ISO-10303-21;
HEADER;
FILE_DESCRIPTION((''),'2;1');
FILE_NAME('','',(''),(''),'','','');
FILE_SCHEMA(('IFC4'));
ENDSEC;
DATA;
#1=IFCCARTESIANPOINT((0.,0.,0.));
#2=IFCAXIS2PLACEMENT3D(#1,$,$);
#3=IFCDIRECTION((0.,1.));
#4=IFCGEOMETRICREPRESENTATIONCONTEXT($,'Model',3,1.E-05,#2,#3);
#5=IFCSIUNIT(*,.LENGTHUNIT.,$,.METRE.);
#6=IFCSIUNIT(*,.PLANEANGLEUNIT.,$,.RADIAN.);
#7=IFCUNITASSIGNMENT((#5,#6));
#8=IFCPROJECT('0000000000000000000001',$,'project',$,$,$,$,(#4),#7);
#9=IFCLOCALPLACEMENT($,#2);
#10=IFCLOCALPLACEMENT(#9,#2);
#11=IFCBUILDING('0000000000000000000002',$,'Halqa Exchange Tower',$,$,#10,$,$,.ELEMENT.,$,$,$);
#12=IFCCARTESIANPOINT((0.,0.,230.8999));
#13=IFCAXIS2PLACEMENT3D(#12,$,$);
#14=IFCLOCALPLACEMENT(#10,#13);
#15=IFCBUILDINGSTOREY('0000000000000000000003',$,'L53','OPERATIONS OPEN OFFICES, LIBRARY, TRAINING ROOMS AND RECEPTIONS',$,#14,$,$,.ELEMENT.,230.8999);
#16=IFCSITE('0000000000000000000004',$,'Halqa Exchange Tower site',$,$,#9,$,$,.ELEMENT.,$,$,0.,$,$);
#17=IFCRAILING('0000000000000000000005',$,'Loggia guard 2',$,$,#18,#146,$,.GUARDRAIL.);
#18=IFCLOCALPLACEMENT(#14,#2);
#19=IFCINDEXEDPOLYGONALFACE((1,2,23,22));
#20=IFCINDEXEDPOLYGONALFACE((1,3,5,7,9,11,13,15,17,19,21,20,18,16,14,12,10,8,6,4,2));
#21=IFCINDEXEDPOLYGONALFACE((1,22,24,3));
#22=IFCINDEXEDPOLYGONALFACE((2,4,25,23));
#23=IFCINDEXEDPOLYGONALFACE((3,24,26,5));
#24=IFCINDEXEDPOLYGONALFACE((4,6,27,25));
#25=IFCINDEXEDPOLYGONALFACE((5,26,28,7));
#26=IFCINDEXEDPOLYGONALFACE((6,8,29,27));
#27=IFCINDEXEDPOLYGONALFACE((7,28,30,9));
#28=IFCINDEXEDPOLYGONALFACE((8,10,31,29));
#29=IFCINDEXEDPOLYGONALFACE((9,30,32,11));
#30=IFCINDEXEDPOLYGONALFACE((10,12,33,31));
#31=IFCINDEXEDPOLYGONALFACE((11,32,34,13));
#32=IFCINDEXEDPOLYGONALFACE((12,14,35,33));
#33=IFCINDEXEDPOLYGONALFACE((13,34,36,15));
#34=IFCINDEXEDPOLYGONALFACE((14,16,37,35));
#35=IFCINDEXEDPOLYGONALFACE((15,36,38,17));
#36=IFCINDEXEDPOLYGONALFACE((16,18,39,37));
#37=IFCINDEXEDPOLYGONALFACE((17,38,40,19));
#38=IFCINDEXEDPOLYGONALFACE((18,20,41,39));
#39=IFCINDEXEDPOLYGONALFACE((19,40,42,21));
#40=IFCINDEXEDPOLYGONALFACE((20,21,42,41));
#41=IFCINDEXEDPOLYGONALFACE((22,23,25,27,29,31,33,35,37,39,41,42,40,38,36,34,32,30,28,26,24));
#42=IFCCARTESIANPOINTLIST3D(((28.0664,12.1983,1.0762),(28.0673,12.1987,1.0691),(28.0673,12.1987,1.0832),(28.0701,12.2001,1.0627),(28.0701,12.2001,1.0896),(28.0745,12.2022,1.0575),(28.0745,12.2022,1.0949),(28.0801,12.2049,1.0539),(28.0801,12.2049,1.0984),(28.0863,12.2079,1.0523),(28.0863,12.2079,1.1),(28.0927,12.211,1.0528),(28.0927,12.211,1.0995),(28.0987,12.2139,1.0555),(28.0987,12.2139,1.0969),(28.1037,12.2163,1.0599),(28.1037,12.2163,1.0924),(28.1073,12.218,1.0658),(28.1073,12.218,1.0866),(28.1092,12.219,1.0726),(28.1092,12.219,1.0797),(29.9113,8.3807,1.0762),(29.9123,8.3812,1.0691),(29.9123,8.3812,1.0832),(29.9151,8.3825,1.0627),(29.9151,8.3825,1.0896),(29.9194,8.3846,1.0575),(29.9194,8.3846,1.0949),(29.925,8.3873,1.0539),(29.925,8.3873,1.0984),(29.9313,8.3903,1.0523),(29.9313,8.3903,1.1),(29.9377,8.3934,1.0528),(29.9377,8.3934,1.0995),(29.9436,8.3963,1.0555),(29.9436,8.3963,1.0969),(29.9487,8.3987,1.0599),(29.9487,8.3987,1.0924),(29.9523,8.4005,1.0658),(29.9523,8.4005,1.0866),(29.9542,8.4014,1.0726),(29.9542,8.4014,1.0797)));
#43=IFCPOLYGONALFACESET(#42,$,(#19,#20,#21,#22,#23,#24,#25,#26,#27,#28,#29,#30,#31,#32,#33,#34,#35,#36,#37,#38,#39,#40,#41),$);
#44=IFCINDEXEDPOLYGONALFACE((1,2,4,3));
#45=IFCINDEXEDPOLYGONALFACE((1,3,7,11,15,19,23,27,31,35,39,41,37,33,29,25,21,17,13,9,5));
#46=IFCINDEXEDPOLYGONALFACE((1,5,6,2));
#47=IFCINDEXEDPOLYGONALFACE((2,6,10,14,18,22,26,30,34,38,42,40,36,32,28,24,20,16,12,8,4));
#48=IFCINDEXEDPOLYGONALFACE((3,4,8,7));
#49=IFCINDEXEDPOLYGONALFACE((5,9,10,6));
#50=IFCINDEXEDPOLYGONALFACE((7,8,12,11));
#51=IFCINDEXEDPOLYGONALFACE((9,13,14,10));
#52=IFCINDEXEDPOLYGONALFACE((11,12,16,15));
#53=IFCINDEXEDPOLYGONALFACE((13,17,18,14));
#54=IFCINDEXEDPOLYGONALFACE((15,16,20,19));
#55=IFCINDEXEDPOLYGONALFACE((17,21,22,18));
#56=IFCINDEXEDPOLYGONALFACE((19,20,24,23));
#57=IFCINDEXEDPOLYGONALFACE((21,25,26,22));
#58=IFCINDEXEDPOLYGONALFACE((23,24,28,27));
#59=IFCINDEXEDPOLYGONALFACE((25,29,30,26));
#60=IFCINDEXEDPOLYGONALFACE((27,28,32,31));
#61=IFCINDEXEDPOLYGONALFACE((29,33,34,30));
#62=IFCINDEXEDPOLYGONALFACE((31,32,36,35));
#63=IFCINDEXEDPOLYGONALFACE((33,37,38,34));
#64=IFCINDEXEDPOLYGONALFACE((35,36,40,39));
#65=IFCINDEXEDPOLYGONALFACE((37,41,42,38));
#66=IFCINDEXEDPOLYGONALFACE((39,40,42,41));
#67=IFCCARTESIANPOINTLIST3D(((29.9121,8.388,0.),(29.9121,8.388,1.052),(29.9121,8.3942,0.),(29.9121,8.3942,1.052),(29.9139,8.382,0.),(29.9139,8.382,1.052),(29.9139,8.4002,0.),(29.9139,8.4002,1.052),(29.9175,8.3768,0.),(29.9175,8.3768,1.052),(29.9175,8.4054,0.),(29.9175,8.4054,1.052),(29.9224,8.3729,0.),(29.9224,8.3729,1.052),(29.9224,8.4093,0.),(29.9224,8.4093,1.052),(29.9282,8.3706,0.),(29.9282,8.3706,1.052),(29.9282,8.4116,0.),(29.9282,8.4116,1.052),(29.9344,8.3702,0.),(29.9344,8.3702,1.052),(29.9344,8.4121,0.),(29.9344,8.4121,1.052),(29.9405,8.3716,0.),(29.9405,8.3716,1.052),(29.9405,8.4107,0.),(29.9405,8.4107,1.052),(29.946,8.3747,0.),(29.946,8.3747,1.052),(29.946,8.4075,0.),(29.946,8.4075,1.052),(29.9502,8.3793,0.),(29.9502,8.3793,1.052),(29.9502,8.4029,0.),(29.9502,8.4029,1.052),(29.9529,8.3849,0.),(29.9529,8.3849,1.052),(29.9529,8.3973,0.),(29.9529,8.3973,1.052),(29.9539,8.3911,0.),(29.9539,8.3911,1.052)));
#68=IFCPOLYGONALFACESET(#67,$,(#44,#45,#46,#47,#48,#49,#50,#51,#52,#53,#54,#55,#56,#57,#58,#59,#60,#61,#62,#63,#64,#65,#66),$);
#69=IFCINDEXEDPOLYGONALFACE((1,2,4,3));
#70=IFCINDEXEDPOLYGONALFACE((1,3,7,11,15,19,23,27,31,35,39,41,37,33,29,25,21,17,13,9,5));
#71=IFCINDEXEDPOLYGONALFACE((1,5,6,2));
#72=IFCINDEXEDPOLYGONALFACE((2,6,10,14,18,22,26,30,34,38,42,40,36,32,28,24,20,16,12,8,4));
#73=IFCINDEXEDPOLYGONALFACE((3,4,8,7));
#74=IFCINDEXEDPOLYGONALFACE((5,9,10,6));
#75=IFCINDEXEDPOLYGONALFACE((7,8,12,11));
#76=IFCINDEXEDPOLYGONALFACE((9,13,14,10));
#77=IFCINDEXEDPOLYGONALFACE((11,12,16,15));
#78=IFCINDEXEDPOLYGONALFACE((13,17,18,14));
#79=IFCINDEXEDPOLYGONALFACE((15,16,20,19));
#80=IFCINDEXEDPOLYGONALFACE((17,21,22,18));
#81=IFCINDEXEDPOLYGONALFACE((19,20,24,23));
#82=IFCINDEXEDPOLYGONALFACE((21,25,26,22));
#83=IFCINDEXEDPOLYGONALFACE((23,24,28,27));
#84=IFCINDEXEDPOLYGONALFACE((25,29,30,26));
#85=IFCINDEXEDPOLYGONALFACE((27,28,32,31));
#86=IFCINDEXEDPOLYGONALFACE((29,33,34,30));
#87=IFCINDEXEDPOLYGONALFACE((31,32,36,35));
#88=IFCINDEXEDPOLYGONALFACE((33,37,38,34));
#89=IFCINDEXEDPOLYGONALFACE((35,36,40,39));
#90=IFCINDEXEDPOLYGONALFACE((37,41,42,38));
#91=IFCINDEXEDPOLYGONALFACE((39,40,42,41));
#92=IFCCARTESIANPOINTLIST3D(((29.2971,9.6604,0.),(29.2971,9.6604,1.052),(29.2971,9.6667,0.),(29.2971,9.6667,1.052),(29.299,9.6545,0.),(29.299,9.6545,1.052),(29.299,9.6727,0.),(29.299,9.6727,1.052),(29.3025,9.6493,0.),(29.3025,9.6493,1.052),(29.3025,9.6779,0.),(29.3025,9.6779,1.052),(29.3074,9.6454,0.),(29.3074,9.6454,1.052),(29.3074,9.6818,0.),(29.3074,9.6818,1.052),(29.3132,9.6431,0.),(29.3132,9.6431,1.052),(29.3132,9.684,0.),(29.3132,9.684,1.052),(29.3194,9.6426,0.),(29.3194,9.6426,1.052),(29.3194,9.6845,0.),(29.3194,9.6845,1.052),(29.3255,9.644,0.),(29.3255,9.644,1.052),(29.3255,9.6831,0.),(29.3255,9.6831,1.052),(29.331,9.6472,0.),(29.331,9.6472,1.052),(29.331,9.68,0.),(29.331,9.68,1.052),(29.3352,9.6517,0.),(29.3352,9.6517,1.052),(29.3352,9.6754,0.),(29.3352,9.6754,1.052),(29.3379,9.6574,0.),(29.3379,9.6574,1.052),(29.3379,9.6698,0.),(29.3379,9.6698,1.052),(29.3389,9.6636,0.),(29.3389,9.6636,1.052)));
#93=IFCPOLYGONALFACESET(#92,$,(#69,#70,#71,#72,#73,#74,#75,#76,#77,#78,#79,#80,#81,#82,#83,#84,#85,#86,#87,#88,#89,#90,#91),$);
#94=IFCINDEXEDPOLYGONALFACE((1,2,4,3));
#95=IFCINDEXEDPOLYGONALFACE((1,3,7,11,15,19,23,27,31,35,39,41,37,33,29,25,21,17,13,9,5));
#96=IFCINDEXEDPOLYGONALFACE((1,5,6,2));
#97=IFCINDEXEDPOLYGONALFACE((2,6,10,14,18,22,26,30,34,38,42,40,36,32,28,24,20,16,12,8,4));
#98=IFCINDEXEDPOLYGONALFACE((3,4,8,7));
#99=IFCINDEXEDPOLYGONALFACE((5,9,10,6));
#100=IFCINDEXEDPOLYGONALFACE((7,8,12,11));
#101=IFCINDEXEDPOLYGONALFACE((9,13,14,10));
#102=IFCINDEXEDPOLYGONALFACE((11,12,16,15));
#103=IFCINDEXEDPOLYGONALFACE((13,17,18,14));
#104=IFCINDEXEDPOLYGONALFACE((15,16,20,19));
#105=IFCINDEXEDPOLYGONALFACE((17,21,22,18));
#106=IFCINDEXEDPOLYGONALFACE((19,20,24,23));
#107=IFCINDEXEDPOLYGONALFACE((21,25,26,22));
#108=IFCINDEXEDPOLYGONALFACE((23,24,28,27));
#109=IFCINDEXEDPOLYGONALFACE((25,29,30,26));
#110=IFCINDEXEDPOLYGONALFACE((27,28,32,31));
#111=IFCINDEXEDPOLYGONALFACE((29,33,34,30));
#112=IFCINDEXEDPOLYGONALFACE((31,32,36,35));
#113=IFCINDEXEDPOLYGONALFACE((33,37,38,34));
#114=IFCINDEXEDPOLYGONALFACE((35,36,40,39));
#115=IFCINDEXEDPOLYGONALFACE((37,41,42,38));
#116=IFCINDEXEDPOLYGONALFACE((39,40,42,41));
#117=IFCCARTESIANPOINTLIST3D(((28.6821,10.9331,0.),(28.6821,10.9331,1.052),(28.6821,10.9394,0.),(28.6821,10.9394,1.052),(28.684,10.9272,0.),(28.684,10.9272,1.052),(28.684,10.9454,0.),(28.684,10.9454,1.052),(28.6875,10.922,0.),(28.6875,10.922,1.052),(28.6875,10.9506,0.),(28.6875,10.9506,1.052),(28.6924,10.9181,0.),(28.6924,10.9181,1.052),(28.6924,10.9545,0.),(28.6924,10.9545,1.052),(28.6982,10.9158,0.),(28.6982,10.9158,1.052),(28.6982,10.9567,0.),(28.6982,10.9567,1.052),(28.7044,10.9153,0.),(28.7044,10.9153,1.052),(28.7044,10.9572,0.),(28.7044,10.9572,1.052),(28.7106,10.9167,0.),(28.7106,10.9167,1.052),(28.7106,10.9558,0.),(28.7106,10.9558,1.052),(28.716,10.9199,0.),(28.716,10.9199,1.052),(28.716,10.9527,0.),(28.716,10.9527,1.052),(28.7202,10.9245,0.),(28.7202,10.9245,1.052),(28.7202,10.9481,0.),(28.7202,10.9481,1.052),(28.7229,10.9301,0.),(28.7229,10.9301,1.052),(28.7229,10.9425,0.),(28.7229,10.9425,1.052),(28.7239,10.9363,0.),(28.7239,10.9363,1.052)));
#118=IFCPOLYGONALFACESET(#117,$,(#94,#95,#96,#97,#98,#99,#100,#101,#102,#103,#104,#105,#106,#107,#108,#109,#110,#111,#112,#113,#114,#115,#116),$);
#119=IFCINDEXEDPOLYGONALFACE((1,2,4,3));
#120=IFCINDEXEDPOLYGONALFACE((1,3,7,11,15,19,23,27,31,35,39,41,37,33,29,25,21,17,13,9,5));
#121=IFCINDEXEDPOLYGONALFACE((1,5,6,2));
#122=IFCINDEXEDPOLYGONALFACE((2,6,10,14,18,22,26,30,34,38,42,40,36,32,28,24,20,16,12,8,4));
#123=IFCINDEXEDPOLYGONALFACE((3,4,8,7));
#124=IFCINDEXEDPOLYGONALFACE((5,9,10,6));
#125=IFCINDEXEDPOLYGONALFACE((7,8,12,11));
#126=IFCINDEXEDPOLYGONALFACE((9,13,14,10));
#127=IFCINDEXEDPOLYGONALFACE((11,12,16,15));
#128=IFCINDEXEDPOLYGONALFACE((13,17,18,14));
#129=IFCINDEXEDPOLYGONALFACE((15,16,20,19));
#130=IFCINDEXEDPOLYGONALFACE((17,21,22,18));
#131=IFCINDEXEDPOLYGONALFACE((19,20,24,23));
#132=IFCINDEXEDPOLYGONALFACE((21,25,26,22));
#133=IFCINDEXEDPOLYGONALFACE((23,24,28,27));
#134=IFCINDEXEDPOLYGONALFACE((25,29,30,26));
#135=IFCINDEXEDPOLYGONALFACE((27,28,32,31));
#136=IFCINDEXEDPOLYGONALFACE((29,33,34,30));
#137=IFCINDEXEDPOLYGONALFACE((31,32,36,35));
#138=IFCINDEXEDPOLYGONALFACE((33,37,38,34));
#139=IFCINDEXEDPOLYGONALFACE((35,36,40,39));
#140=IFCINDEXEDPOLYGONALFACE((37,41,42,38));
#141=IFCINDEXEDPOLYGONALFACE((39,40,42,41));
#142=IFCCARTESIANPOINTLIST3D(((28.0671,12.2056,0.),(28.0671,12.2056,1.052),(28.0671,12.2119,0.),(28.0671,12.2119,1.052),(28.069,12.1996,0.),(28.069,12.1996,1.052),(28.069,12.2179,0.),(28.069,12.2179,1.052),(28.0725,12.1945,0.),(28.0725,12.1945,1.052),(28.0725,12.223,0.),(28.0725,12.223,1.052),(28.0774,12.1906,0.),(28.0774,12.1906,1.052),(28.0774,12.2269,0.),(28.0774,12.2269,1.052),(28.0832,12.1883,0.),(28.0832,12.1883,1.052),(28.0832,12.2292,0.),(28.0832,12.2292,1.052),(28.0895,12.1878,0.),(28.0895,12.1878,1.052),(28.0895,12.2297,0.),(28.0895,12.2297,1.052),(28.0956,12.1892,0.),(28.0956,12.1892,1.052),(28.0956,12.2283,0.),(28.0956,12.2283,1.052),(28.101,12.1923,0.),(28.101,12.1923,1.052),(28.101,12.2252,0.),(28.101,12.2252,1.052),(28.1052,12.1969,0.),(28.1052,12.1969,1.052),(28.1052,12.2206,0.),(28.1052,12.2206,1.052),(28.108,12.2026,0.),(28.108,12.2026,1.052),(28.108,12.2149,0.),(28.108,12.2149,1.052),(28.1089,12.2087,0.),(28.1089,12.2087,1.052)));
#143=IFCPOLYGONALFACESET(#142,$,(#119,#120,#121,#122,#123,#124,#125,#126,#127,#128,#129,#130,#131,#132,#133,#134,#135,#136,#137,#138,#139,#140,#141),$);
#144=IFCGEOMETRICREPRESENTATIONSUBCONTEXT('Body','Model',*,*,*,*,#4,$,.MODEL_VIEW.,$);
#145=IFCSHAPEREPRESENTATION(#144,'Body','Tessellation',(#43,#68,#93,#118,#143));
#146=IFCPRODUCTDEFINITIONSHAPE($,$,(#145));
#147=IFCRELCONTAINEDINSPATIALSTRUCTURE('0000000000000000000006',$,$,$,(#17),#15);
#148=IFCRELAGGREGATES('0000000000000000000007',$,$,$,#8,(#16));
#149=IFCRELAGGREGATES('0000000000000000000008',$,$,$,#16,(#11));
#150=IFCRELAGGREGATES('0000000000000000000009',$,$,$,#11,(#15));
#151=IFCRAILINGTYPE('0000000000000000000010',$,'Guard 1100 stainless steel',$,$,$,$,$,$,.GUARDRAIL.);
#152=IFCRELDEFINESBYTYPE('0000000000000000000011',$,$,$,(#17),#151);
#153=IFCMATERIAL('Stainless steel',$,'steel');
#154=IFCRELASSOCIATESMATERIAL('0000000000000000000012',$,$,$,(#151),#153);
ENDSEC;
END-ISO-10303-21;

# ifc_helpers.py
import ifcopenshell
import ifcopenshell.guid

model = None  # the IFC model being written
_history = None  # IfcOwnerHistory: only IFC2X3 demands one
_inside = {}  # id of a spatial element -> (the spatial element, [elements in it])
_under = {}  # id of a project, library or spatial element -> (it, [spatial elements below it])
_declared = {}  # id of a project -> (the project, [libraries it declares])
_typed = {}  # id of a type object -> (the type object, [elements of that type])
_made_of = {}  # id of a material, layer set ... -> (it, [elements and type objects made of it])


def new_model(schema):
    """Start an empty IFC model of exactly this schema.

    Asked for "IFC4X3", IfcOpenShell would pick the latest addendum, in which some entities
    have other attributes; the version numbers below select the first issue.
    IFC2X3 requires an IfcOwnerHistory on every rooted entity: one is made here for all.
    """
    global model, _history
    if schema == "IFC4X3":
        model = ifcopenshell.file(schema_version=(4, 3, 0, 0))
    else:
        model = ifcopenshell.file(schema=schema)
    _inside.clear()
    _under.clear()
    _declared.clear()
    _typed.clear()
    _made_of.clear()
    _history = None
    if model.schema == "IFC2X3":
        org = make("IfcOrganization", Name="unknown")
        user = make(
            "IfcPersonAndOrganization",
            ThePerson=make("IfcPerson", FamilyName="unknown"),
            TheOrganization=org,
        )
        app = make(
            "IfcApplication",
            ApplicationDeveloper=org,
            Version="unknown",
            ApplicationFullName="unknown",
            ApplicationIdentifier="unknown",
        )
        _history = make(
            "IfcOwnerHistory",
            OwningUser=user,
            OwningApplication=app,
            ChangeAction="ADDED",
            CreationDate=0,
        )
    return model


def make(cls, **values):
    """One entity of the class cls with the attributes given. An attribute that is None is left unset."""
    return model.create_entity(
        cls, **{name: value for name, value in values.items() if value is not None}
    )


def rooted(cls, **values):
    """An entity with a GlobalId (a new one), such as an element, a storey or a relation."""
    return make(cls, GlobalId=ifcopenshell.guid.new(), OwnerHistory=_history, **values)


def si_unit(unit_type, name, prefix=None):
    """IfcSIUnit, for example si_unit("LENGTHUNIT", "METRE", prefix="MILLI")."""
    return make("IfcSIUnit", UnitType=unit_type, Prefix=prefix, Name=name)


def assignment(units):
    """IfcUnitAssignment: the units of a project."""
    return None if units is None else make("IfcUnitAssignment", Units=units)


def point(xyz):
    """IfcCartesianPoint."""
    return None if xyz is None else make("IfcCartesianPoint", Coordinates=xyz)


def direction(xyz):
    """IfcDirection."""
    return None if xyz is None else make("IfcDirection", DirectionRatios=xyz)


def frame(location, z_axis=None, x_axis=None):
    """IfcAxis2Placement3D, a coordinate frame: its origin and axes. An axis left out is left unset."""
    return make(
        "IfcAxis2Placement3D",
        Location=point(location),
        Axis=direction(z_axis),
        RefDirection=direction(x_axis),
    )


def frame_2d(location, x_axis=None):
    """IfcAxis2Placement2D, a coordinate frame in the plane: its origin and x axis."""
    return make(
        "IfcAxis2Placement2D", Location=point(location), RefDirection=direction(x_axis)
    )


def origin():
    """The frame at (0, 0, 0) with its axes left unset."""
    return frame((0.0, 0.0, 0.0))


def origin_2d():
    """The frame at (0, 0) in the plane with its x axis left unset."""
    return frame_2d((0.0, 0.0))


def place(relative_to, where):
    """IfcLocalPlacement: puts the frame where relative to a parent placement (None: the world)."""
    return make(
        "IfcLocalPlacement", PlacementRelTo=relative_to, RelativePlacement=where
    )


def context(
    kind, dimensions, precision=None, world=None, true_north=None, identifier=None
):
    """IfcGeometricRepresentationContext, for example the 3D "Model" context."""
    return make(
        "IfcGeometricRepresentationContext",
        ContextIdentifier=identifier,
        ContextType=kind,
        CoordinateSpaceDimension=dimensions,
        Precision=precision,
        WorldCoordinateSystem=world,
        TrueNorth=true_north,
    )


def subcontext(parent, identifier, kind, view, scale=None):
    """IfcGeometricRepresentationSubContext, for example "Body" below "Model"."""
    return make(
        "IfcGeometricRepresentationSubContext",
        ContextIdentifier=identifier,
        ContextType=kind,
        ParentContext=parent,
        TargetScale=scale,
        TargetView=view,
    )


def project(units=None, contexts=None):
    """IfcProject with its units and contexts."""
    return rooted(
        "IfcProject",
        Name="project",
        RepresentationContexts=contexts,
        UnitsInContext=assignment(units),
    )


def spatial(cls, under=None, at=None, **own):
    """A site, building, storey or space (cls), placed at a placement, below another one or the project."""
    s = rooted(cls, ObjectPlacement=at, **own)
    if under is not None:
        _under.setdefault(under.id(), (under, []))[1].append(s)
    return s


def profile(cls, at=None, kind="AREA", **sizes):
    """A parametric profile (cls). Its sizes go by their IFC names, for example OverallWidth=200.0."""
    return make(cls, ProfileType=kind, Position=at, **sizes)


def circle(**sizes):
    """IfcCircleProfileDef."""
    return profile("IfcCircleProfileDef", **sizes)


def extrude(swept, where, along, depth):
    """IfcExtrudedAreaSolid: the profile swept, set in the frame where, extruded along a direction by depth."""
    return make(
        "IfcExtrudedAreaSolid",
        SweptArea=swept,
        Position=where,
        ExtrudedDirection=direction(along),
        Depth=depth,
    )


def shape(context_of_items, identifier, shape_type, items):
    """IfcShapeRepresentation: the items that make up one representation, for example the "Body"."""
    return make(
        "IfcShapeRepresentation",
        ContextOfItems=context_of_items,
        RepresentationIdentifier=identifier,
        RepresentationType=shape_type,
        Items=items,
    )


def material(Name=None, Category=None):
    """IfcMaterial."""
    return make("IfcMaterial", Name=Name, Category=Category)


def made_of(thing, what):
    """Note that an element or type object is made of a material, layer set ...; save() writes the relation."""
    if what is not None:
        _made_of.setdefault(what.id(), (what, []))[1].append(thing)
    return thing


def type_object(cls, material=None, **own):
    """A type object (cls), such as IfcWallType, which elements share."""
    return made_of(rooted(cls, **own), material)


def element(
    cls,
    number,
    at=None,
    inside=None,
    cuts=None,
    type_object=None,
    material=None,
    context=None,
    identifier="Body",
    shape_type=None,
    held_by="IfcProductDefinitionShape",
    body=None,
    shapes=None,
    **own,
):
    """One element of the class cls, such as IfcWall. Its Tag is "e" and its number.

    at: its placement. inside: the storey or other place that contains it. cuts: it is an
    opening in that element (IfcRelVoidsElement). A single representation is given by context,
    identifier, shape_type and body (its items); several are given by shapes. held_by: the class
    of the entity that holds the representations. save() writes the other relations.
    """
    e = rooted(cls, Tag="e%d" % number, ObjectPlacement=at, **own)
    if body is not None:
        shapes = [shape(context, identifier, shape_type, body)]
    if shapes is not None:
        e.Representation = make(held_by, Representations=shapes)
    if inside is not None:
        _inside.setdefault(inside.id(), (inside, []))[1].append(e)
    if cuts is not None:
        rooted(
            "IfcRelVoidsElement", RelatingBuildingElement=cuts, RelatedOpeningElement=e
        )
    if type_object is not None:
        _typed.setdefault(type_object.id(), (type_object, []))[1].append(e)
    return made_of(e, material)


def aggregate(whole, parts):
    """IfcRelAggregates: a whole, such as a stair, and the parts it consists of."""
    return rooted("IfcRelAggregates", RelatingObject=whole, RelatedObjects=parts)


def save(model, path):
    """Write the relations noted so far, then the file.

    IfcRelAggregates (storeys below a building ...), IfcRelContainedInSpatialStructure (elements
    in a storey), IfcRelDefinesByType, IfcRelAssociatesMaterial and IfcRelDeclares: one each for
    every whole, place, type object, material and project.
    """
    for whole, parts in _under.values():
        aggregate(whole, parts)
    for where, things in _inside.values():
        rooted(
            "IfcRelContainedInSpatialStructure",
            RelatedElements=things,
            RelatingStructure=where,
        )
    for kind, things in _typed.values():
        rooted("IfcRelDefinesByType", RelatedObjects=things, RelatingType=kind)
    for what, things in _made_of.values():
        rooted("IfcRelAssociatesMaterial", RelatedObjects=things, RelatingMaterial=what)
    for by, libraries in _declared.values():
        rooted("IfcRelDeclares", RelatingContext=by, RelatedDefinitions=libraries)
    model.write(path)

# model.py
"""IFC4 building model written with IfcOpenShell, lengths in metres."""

from ifc_helpers import new_model, si_unit, direction, frame, origin, origin_2d, place, context, subcontext, project, spatial, circle, extrude, material, type_object, element, save


model = new_model("IFC4")

# Units and contexts
model_context = context("Model", 3, precision=1e-05, world=origin(), true_north=direction((0.0, 1.0)))
body_context = subcontext(model_context, "Body", "Model", "MODEL_VIEW")
ifc_project = project(units=[si_unit("LENGTHUNIT", "METRE"), si_unit("PLANEANGLEUNIT", "RADIAN")], contexts=[model_context])

# Site, building, storey
site_placement = place(None, origin())
site = spatial("IfcSite", under=ifc_project, at=site_placement, Name="Halqa Exchange Tower site", CompositionType="ELEMENT", RefElevation=0.0)
building_placement = place(site_placement, origin())
building = spatial("IfcBuilding", under=site, at=building_placement, Name="Halqa Exchange Tower", CompositionType="ELEMENT")
storey_placement = place(building_placement, frame((0.0, 0.0, 230.8999)))
storey = spatial("IfcBuildingStorey", under=building, at=storey_placement, Name="L53", Description="OPERATIONS OPEN OFFICES, LIBRARY, TRAINING ROOMS AND RECEPTIONS", CompositionType="ELEMENT", Elevation=230.8999)

# Railing
ifc_material_1 = material(Name="Stainless steel", Category="steel")
railing_type = type_object("IfcRailingType", Name="Guard 1100 stainless steel", PredefinedType="GUARDRAIL", material=ifc_material_1)
railing_1_placement = place(storey_placement, frame((29.9329, 8.3911, 0.0)))
element("IfcRailing", 1, at=railing_1_placement, inside=storey, type_object=railing_type, Name="Loggia guard 2", PredefinedType="GUARDRAIL", context=body_context, shape_type="SweptSolid", body=[
    extrude(circle(Radius=0.0239, at=origin_2d()), frame((0.0, 0.0, 1.0762), z_axis=(-0.435127, 0.900369, 0.0), x_axis=(-0.900369, -0.435127, 0.0)), (0.0, 0.0, 1.0), 4.24),
    extrude(circle(Radius=0.021, at=origin_2d()), origin(), (0.0, 0.0, 1.0), 1.052),
    extrude(circle(Radius=0.021, at=origin_2d()), frame((-0.615, 1.2725, 0.0)), (0.0, 0.0, 1.0), 1.052),
    extrude(circle(Radius=0.021, at=origin_2d()), frame((-1.23, 2.5452, 0.0)), (0.0, 0.0, 1.0), 1.052),
    extrude(circle(Radius=0.021, at=origin_2d()), frame((-1.845, 3.8176, 0.0)), (0.0, 0.0, 1.0), 1.052),
])

save(model, "model.ifc")
